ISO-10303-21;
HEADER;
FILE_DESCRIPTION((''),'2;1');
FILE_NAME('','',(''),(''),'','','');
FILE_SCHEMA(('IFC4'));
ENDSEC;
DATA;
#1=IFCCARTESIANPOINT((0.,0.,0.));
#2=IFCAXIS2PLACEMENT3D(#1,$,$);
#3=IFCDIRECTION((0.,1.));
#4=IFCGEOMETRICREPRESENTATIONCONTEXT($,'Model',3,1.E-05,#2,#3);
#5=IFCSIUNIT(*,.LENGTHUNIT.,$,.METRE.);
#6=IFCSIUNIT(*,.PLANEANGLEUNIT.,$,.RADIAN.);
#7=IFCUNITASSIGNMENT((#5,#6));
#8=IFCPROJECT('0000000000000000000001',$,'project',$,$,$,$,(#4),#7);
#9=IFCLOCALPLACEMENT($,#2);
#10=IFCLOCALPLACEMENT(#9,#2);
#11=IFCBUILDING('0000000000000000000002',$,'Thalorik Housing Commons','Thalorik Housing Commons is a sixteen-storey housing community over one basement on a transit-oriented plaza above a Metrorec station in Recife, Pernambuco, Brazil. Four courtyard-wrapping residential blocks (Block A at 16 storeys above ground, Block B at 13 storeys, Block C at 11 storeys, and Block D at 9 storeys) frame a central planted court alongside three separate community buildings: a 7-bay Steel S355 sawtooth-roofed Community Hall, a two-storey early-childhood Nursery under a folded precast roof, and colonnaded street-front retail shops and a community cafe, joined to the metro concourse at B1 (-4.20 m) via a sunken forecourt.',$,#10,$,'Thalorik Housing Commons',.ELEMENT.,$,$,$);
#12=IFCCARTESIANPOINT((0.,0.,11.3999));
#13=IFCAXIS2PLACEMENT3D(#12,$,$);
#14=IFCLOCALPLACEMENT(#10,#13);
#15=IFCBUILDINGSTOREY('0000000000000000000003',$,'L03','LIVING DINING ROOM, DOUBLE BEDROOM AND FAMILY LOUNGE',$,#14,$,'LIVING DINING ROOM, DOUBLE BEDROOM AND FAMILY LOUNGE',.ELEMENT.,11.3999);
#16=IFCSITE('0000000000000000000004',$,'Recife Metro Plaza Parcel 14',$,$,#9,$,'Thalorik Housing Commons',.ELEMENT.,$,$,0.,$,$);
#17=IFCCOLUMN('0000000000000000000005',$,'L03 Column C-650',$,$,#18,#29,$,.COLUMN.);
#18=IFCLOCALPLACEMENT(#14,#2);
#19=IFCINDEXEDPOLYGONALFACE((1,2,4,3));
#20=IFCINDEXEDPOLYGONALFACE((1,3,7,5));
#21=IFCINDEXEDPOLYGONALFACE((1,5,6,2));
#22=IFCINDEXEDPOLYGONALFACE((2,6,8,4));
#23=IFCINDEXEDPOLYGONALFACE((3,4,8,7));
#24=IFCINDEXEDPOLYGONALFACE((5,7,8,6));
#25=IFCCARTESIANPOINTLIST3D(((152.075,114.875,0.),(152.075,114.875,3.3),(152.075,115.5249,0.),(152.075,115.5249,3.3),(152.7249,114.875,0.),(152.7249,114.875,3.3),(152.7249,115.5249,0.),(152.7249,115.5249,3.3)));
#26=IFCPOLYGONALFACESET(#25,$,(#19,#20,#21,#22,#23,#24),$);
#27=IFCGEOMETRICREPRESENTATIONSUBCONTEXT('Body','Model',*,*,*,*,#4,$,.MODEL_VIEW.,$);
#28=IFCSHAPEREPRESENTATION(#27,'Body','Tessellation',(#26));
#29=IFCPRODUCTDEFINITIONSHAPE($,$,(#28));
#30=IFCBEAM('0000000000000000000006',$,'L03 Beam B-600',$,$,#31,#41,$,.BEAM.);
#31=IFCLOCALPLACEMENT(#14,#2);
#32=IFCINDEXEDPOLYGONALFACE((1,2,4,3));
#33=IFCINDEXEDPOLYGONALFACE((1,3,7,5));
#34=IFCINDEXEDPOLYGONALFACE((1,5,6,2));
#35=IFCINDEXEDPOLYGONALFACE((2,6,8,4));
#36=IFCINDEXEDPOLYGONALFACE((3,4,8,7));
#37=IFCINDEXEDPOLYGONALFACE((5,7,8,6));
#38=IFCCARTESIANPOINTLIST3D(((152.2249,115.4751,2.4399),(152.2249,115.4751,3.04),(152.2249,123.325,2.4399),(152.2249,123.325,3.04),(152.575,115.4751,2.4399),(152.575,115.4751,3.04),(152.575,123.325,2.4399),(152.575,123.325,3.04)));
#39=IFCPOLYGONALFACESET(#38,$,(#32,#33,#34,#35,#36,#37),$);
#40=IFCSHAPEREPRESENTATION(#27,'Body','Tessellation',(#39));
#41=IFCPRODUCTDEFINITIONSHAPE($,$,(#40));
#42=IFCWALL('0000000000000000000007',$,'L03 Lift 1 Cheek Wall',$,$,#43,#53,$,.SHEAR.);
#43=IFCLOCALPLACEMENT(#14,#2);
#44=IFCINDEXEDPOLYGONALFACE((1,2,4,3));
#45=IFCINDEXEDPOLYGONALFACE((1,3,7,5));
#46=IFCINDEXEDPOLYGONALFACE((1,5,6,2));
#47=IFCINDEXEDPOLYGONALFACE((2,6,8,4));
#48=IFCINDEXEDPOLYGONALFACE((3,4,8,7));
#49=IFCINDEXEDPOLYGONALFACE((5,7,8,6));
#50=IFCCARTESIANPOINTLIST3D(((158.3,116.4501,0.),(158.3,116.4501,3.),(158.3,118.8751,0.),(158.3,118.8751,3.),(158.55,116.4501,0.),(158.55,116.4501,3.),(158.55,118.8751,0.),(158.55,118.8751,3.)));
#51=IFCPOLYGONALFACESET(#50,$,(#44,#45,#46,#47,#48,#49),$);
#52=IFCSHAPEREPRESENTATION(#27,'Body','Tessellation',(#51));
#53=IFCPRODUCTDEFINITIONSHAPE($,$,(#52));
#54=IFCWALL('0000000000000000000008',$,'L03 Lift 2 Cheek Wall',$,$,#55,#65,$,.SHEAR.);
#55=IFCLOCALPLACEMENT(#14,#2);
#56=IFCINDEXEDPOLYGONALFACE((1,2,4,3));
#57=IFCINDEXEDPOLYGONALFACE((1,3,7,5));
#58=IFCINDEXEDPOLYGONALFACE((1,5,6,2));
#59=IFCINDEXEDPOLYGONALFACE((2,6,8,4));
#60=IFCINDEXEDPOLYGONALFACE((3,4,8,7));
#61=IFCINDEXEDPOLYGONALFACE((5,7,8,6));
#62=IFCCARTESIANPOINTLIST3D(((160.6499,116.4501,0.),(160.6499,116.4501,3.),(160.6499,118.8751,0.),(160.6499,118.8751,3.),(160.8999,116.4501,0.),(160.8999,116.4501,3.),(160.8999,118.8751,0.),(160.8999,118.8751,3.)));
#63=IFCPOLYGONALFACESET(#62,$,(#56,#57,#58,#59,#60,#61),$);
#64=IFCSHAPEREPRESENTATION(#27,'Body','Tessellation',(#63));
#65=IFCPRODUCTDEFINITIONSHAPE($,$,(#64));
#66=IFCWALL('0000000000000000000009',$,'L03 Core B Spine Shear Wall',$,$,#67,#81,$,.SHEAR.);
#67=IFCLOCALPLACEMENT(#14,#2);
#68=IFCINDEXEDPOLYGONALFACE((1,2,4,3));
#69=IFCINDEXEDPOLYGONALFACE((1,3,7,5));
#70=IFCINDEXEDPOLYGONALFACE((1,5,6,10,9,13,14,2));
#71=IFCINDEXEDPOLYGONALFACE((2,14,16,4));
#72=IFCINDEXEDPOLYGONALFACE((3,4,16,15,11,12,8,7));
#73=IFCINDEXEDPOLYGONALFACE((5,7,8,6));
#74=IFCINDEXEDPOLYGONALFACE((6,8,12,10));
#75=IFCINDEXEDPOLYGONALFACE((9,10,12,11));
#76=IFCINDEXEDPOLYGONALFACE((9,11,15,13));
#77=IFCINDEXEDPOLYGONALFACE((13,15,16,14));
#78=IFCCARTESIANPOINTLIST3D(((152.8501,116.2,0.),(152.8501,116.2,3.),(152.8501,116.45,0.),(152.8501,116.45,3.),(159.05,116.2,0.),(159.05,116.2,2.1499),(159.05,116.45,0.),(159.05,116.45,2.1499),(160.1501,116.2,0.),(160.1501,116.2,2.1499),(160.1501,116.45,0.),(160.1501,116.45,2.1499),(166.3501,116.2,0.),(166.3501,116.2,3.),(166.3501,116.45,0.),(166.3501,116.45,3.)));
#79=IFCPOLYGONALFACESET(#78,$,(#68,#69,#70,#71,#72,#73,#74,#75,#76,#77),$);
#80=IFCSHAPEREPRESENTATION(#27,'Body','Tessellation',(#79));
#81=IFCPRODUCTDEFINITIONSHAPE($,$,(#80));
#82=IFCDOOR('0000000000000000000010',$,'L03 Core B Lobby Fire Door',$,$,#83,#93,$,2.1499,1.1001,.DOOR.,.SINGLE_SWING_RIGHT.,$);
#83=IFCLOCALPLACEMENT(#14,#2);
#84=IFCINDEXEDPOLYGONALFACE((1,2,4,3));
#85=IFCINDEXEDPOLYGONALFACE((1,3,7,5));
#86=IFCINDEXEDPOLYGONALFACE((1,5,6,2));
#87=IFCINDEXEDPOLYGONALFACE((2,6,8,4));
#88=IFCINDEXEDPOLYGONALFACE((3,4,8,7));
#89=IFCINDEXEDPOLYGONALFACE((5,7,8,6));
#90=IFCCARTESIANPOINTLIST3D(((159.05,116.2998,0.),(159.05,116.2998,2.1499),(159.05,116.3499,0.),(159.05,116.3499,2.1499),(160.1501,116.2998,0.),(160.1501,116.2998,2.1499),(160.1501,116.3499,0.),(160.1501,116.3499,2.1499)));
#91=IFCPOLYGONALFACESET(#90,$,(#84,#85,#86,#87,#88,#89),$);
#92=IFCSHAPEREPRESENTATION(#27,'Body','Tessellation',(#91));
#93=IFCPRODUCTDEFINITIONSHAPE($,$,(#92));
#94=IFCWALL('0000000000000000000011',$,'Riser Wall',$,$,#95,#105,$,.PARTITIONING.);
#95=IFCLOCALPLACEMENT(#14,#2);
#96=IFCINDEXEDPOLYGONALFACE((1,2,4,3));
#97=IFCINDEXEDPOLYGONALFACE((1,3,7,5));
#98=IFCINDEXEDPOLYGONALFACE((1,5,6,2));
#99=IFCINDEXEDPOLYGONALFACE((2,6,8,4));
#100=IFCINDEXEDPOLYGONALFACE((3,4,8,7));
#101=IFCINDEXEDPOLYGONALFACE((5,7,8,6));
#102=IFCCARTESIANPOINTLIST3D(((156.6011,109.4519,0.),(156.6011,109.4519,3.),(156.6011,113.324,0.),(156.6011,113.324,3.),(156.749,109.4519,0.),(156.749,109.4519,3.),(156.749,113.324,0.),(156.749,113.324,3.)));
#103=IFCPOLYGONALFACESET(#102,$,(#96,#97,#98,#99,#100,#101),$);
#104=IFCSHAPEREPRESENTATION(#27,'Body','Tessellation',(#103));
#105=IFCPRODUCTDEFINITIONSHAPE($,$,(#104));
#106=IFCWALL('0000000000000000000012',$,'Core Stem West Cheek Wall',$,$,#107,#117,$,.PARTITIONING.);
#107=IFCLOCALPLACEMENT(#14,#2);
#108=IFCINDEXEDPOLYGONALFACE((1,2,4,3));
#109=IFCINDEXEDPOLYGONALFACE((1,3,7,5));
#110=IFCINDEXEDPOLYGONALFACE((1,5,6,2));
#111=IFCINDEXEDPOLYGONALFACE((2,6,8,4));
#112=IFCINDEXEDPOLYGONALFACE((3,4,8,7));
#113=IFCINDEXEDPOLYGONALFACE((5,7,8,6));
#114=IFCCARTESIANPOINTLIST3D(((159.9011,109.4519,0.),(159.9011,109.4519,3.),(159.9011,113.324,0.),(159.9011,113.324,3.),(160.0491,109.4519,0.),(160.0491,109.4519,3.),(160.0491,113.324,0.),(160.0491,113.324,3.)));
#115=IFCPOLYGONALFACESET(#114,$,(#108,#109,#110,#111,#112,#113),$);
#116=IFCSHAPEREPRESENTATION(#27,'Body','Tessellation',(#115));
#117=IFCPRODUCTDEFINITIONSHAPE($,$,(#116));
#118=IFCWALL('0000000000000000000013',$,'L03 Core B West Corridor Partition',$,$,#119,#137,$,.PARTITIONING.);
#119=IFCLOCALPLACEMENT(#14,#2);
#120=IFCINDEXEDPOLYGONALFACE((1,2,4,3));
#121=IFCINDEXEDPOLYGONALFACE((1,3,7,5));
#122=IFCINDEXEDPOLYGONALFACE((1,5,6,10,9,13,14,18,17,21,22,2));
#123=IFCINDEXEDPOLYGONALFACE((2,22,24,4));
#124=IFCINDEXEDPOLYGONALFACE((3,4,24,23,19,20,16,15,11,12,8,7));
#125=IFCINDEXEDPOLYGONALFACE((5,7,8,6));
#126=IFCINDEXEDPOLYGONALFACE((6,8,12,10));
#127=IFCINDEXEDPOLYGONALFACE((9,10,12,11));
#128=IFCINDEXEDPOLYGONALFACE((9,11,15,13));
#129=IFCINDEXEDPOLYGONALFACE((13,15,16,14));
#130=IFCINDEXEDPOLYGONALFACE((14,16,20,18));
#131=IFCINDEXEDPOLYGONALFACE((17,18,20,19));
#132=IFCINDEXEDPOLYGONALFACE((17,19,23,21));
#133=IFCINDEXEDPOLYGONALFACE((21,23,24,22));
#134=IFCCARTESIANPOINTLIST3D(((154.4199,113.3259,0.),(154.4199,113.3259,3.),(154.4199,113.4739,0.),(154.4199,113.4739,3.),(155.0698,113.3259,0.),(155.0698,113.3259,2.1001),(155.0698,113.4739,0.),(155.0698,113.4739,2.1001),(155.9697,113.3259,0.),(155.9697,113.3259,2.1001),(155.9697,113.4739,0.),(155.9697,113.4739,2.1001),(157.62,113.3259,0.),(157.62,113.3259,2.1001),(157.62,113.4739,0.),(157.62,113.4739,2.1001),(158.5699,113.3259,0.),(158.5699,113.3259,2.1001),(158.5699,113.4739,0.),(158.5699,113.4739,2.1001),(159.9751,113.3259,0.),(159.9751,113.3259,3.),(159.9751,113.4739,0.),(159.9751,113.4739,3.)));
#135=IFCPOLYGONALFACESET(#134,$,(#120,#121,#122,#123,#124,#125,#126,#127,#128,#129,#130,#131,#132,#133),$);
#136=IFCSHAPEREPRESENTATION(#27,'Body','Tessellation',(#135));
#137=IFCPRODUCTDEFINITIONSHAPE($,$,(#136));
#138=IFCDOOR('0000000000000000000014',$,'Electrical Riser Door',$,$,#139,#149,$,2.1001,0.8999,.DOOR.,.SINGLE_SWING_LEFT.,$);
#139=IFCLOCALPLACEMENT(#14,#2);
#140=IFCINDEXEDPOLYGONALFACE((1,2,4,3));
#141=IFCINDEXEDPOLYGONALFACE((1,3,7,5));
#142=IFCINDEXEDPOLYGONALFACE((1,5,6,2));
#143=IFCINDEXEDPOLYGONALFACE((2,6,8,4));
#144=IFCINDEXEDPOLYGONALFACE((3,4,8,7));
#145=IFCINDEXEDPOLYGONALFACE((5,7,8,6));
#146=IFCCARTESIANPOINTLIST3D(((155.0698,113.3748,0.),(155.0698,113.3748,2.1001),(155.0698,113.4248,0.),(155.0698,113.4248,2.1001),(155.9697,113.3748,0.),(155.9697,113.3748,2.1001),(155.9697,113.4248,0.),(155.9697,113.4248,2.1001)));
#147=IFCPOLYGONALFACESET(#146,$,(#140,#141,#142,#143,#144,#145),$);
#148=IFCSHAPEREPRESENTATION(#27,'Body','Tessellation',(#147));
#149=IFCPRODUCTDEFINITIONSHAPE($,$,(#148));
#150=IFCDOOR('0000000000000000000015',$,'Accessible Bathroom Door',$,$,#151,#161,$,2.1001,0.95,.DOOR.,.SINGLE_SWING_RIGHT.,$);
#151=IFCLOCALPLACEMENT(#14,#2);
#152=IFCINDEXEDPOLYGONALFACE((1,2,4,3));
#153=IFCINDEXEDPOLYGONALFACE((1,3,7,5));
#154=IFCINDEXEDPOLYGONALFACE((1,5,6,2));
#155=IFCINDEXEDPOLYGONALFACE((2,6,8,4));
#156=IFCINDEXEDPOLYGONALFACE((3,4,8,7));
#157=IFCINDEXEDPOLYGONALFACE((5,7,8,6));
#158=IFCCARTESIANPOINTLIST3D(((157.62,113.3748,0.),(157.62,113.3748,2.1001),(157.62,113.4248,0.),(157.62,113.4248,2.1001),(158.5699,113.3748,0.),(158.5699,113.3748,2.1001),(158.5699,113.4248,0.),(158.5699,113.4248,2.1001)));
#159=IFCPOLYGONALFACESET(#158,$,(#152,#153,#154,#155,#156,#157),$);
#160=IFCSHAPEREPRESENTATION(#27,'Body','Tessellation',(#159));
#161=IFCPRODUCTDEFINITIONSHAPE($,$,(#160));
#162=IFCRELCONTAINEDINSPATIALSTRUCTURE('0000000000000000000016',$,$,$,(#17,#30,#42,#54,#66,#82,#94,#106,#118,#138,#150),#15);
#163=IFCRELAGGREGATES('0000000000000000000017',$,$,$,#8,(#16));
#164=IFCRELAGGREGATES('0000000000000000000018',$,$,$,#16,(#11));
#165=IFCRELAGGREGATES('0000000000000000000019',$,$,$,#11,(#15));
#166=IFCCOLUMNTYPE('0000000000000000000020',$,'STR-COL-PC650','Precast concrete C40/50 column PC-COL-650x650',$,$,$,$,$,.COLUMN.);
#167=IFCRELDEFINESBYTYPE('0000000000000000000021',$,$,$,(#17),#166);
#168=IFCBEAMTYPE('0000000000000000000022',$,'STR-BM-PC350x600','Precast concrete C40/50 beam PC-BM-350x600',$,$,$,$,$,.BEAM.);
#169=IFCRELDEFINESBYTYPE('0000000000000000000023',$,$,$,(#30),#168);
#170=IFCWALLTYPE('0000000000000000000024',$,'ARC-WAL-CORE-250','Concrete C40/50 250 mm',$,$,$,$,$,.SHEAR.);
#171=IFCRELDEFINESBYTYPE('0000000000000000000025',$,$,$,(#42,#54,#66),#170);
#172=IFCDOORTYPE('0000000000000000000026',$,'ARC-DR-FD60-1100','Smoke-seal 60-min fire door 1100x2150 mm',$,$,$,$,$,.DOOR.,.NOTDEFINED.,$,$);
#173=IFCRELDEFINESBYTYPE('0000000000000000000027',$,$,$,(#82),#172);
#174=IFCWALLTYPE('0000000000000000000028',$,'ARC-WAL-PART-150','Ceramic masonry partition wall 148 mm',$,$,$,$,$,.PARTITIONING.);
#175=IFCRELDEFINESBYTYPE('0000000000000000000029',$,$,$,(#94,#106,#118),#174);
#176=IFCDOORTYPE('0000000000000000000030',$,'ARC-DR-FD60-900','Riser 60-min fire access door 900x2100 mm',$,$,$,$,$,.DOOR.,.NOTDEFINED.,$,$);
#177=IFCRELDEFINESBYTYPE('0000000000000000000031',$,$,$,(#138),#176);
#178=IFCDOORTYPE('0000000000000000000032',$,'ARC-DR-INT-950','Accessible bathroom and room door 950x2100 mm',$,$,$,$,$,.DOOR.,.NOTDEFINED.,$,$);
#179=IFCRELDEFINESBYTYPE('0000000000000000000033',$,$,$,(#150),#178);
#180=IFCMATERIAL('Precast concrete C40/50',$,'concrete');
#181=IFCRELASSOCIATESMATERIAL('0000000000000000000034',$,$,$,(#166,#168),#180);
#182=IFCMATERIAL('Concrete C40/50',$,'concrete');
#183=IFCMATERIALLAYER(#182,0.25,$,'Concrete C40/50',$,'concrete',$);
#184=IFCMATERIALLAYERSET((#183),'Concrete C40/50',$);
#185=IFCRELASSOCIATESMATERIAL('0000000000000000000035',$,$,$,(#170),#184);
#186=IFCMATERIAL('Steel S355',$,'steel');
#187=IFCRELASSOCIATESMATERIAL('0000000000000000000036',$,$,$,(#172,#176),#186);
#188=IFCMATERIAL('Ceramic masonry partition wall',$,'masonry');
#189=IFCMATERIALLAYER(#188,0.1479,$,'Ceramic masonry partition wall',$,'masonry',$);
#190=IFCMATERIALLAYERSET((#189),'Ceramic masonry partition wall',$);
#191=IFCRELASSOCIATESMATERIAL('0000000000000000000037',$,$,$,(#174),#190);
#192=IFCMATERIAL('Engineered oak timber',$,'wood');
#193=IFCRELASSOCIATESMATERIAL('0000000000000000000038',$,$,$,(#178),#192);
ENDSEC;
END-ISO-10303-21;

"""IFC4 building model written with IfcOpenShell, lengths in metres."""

from ifc_helpers import new_model, si_unit, direction, frame, frame_2d, origin, origin_2d, place, context, subcontext, project, spatial, rectangle, extrude, material, layer, layer_set, material_profile, profile_set, type_object, element, fill, save


model = new_model("IFC4")

# Units and contexts
model_context = context("Model", 3, precision=1e-05, world=origin(), true_north=direction((0.0, 1.0)))
body_context = subcontext(model_context, "Body", "Model", "MODEL_VIEW")
ifc_project = project(units=[si_unit("LENGTHUNIT", "METRE"), si_unit("PLANEANGLEUNIT", "RADIAN")], contexts=[model_context])

# Site, building, storey
site_placement = place(None, origin())
site = spatial("IfcSite", under=ifc_project, at=site_placement, Name="Recife Metro Plaza Parcel 14", LongName="Thalorik Housing Commons", CompositionType="ELEMENT", RefElevation=0.0)
building_placement = place(site_placement, origin())
building = spatial("IfcBuilding", under=site, at=building_placement, Name="Thalorik Housing Commons", Description="Thalorik Housing Commons is a sixteen-storey housing community over one basement on a transit-oriented plaza above a Metrorec station in Recife, Pernambuco, Brazil. Four courtyard-wrapping residential blocks (Block A at 16 storeys above ground, Block B at 13 storeys, Block C at 11 storeys, and Block D at 9 storeys) frame a central planted court alongside three separate community buildings: a 7-bay Steel S355 sawtooth-roofed Community Hall, a two-storey early-childhood Nursery under a folded precast roof, and colonnaded street-front retail shops and a community cafe, joined to the metro concourse at B1 (-4.20 m) via a sunken forecourt.", LongName="Thalorik Housing Commons", CompositionType="ELEMENT")
storey_placement = place(building_placement, frame((0.0, 0.0, 11.3999)))
storey = spatial("IfcBuildingStorey", under=building, at=storey_placement, Name="L03", Description="LIVING DINING ROOM, DOUBLE BEDROOM AND FAMILY LOUNGE", LongName="LIVING DINING ROOM, DOUBLE BEDROOM AND FAMILY LOUNGE", CompositionType="ELEMENT", Elevation=11.3999)

# Column
ifc_material_1 = material(Name="Precast concrete C40/50", Category="concrete")
ifc_material_profile_1 = material_profile(ifc_material_1, rectangle(XDim=0.6499, YDim=0.6499, at=origin_2d()), Name="PC 650x650", Category="concrete")
ifc_profile_set_1 = profile_set([ifc_material_profile_1], Name="Precast concrete C40/50")
column_type = type_object("IfcColumnType", Name="STR-COL-PC650", Description="Precast concrete C40/50 column PC-COL-650x650", PredefinedType="COLUMN", material=ifc_profile_set_1)
column_placement = place(storey_placement, frame((152.3999, 115.2, 0.0), z_axis=(0.0, 0.0, 1.0), x_axis=(1.0, 0.0, 0.0)))
element("IfcColumn", 1, at=column_placement, inside=storey, type_object=column_type, Name="L03 Column C-650", PredefinedType="COLUMN", context=body_context, shape_type="SweptSolid", body=[
    extrude(rectangle(XDim=0.6499, YDim=0.6499, at=origin_2d()), origin(), (0.0, 0.0, 1.0), 3.3),
])

# Beam
ifc_material_profile_2 = material_profile(ifc_material_1, rectangle(XDim=0.3501, YDim=0.6001, at=origin_2d()), Name="PC 350x600", Category="concrete")
ifc_profile_set_2 = profile_set([ifc_material_profile_2], Name="Precast concrete C40/50")
beam_type = type_object("IfcBeamType", Name="STR-BM-PC350x600", Description="Precast concrete C40/50 beam PC-BM-350x600", PredefinedType="BEAM", material=ifc_profile_set_2)
beam_placement = place(storey_placement, frame((152.3999, 115.4751, 2.74), z_axis=(0.0, 1.0, 0.0), x_axis=(-1.0, 0.0, 0.0)))
element("IfcBeam", 2, at=beam_placement, inside=storey, type_object=beam_type, Name="L03 Beam B-600", PredefinedType="BEAM", context=body_context, shape_type="SweptSolid", body=[
    extrude(rectangle(XDim=0.3501, YDim=0.6001, at=origin_2d()), origin(), (0.0, 0.0, 1.0), 7.8499),
])

# Shared definitions
ifc_material_2 = material(Name="Concrete C40/50", Category="concrete")
ifc_layer_1 = layer(ifc_material_2, 0.25, Name="Concrete C40/50", Category="concrete")
ifc_layer_set_1 = layer_set([ifc_layer_1], Name="Concrete C40/50")
wall_type_1 = type_object("IfcWallType", Name="ARC-WAL-CORE-250", Description="Concrete C40/50 250 mm", PredefinedType="SHEAR", material=ifc_layer_set_1)
ifc_material_3 = material(Name="Steel S355", Category="steel")

# Walls
for number, where, z_axis, x_axis, name in (
    (3, (158.425, 118.875, 0.0), (0.0, 0.0, 1.0), (0.0, -1.0, 0.0), "L03 Lift 1 Cheek Wall"),
    (4, (160.7749, 118.875, 0.0), (0.0, 0.0, 1.0), (0.0, -1.0, 0.0), "L03 Lift 2 Cheek Wall"),
):
    element("IfcWall", number, at=place(storey_placement, frame(where, z_axis=z_axis, x_axis=x_axis)), inside=storey, type_object=wall_type_1, Name=name, PredefinedType="SHEAR", context=body_context, shape_type="SweptSolid", body=[
        extrude(rectangle(XDim=2.425, YDim=0.25, at=frame_2d((1.2124, 0.0))), origin(), (0.0, 0.0, 1.0), 3.0),
    ])

# Wall, opening, door
wall_1_placement = place(storey_placement, frame((152.8501, 116.325, 0.0), z_axis=(0.0, 0.0, 1.0), x_axis=(1.0, 0.0, 0.0)))
wall_1 = element("IfcWall", 5, at=wall_1_placement, inside=storey, type_object=wall_type_1, Name="L03 Core B Spine Shear Wall", PredefinedType="SHEAR", context=body_context, shape_type="SweptSolid", body=[
    extrude(rectangle(XDim=13.5, YDim=0.25, at=frame_2d((6.75, 0.0))), origin(), (0.0, 0.0, 1.0), 3.0),
])
opening_1_placement = place(wall_1_placement, frame((6.2, 0.0, 0.0)))
opening_1 = element("IfcOpeningElement", 6, at=opening_1_placement, cuts=wall_1, PredefinedType="OPENING", context=body_context, shape_type="SweptSolid", body=[
    extrude(rectangle(XDim=1.1001, YDim=2.1499, at=frame_2d((0.55, 1.075))), frame((0.0, 0.135, 0.0), z_axis=(0.0, -1.0, 0.0), x_axis=(1.0, 0.0, 0.0)), (0.0, 0.0, 1.0), 0.27),
])
door_type_1 = type_object("IfcDoorType", Name="ARC-DR-FD60-1100", Description="Smoke-seal 60-min fire door 1100x2150 mm", OperationType="NOTDEFINED", PredefinedType="DOOR", material=ifc_material_3)
door_1_placement = place(opening_1_placement, origin())
door_1 = element("IfcDoor", 7, at=door_1_placement, inside=storey, type_object=door_type_1, Name="L03 Core B Lobby Fire Door", OperationType="SINGLE_SWING_RIGHT", OverallHeight=2.1499, OverallWidth=1.1001, PredefinedType="DOOR", context=body_context, shape_type="SweptSolid", body=[
    extrude(rectangle(XDim=1.1001, YDim=2.1499, at=frame_2d((0.55, 1.075))), frame((0.0, 0.0249, 0.0), z_axis=(0.0, -1.0, 0.0), x_axis=(1.0, 0.0, 0.0)), (0.0, 0.0, 1.0), 0.05),
])
fill(opening_1, door_1)

# Walls
ifc_material_4 = material(Name="Ceramic masonry partition wall", Category="masonry")
ifc_layer_2 = layer(ifc_material_4, 0.1479, Name="Ceramic masonry partition wall", Category="masonry")
ifc_layer_set_2 = layer_set([ifc_layer_2], Name="Ceramic masonry partition wall")
wall_type_2 = type_object("IfcWallType", Name="ARC-WAL-PART-150", Description="Ceramic masonry partition wall 148 mm", PredefinedType="PARTITIONING", material=ifc_layer_set_2)
for number, where, z_axis, x_axis, name in (
    (8, (156.675, 113.324, 0.0), (0.0, 0.0, 1.0), (0.0, -1.0, 0.0), "Riser Wall"),
    (9, (159.9751, 113.324, 0.0), (0.0, 0.0, 1.0), (0.0, -1.0, 0.0), "Core Stem West Cheek Wall"),
):
    element("IfcWall", number, at=place(storey_placement, frame(where, z_axis=z_axis, x_axis=x_axis)), inside=storey, type_object=wall_type_2, Name=name, PredefinedType="PARTITIONING", context=body_context, shape_type="SweptSolid", body=[
        extrude(rectangle(XDim=3.8721, YDim=0.1479, at=frame_2d((1.936, 0.0))), origin(), (0.0, 0.0, 1.0), 3.0),
    ])

# Wall, openings, doors
wall_2_placement = place(storey_placement, frame((154.4199, 113.3999, 0.0), z_axis=(0.0, 0.0, 1.0), x_axis=(1.0, 0.0, 0.0)))
wall_2 = element("IfcWall", 10, at=wall_2_placement, inside=storey, type_object=wall_type_2, Name="L03 Core B West Corridor Partition", PredefinedType="PARTITIONING", context=body_context, shape_type="SweptSolid", body=[
    extrude(rectangle(XDim=5.5552, YDim=0.1479, at=frame_2d((2.7776, 0.0))), origin(), (0.0, 0.0, 1.0), 3.0),
])
opening_2_placement = place(wall_2_placement, frame((0.6499, 0.0, 0.0)))
opening_2 = element("IfcOpeningElement", 11, at=opening_2_placement, cuts=wall_2, PredefinedType="OPENING", context=body_context, shape_type="SweptSolid", body=[
    extrude(rectangle(XDim=0.8999, YDim=2.1001, at=frame_2d((0.45, 1.05))), frame((0.0, 0.084, 0.0), z_axis=(0.0, -1.0, 0.0), x_axis=(1.0, 0.0, 0.0)), (0.0, 0.0, 1.0), 0.168),
])
opening_3_placement = place(wall_2_placement, frame((3.2, 0.0, 0.0)))
opening_3 = element("IfcOpeningElement", 12, at=opening_3_placement, cuts=wall_2, PredefinedType="OPENING", context=body_context, shape_type="SweptSolid", body=[
    extrude(rectangle(XDim=0.95, YDim=2.1001, at=frame_2d((0.4751, 1.05))), frame((0.0, 0.084, 0.0), z_axis=(0.0, -1.0, 0.0), x_axis=(1.0, 0.0, 0.0)), (0.0, 0.0, 1.0), 0.168),
])
door_type_2 = type_object("IfcDoorType", Name="ARC-DR-FD60-900", Description="Riser 60-min fire access door 900x2100 mm", OperationType="NOTDEFINED", PredefinedType="DOOR", material=ifc_material_3)
door_2_placement = place(opening_2_placement, origin())
door_2 = element("IfcDoor", 13, at=door_2_placement, inside=storey, type_object=door_type_2, Name="Electrical Riser Door", OperationType="SINGLE_SWING_LEFT", OverallHeight=2.1001, OverallWidth=0.8999, PredefinedType="DOOR", context=body_context, shape_type="SweptSolid", body=[
    extrude(rectangle(XDim=0.8999, YDim=2.1001, at=frame_2d((0.45, 1.05))), frame((0.0, 0.0249, 0.0), z_axis=(0.0, -1.0, 0.0), x_axis=(1.0, 0.0, 0.0)), (0.0, 0.0, 1.0), 0.05),
])
fill(opening_2, door_2)
ifc_material_5 = material(Name="Engineered oak timber", Category="wood")
door_type_3 = type_object("IfcDoorType", Name="ARC-DR-INT-950", Description="Accessible bathroom and room door 950x2100 mm", OperationType="NOTDEFINED", PredefinedType="DOOR", material=ifc_material_5)
door_3_placement = place(opening_3_placement, origin())
door_3 = element("IfcDoor", 14, at=door_3_placement, inside=storey, type_object=door_type_3, Name="Accessible Bathroom Door", OperationType="SINGLE_SWING_RIGHT", OverallHeight=2.1001, OverallWidth=0.95, PredefinedType="DOOR", context=body_context, shape_type="SweptSolid", body=[
    extrude(rectangle(XDim=0.95, YDim=2.1001, at=frame_2d((0.4751, 1.05))), frame((0.0, 0.0249, 0.0), z_axis=(0.0, -1.0, 0.0), x_axis=(1.0, 0.0, 0.0)), (0.0, 0.0, 1.0), 0.05),
])
fill(opening_3, door_3)

save(model, "model.ifc")
